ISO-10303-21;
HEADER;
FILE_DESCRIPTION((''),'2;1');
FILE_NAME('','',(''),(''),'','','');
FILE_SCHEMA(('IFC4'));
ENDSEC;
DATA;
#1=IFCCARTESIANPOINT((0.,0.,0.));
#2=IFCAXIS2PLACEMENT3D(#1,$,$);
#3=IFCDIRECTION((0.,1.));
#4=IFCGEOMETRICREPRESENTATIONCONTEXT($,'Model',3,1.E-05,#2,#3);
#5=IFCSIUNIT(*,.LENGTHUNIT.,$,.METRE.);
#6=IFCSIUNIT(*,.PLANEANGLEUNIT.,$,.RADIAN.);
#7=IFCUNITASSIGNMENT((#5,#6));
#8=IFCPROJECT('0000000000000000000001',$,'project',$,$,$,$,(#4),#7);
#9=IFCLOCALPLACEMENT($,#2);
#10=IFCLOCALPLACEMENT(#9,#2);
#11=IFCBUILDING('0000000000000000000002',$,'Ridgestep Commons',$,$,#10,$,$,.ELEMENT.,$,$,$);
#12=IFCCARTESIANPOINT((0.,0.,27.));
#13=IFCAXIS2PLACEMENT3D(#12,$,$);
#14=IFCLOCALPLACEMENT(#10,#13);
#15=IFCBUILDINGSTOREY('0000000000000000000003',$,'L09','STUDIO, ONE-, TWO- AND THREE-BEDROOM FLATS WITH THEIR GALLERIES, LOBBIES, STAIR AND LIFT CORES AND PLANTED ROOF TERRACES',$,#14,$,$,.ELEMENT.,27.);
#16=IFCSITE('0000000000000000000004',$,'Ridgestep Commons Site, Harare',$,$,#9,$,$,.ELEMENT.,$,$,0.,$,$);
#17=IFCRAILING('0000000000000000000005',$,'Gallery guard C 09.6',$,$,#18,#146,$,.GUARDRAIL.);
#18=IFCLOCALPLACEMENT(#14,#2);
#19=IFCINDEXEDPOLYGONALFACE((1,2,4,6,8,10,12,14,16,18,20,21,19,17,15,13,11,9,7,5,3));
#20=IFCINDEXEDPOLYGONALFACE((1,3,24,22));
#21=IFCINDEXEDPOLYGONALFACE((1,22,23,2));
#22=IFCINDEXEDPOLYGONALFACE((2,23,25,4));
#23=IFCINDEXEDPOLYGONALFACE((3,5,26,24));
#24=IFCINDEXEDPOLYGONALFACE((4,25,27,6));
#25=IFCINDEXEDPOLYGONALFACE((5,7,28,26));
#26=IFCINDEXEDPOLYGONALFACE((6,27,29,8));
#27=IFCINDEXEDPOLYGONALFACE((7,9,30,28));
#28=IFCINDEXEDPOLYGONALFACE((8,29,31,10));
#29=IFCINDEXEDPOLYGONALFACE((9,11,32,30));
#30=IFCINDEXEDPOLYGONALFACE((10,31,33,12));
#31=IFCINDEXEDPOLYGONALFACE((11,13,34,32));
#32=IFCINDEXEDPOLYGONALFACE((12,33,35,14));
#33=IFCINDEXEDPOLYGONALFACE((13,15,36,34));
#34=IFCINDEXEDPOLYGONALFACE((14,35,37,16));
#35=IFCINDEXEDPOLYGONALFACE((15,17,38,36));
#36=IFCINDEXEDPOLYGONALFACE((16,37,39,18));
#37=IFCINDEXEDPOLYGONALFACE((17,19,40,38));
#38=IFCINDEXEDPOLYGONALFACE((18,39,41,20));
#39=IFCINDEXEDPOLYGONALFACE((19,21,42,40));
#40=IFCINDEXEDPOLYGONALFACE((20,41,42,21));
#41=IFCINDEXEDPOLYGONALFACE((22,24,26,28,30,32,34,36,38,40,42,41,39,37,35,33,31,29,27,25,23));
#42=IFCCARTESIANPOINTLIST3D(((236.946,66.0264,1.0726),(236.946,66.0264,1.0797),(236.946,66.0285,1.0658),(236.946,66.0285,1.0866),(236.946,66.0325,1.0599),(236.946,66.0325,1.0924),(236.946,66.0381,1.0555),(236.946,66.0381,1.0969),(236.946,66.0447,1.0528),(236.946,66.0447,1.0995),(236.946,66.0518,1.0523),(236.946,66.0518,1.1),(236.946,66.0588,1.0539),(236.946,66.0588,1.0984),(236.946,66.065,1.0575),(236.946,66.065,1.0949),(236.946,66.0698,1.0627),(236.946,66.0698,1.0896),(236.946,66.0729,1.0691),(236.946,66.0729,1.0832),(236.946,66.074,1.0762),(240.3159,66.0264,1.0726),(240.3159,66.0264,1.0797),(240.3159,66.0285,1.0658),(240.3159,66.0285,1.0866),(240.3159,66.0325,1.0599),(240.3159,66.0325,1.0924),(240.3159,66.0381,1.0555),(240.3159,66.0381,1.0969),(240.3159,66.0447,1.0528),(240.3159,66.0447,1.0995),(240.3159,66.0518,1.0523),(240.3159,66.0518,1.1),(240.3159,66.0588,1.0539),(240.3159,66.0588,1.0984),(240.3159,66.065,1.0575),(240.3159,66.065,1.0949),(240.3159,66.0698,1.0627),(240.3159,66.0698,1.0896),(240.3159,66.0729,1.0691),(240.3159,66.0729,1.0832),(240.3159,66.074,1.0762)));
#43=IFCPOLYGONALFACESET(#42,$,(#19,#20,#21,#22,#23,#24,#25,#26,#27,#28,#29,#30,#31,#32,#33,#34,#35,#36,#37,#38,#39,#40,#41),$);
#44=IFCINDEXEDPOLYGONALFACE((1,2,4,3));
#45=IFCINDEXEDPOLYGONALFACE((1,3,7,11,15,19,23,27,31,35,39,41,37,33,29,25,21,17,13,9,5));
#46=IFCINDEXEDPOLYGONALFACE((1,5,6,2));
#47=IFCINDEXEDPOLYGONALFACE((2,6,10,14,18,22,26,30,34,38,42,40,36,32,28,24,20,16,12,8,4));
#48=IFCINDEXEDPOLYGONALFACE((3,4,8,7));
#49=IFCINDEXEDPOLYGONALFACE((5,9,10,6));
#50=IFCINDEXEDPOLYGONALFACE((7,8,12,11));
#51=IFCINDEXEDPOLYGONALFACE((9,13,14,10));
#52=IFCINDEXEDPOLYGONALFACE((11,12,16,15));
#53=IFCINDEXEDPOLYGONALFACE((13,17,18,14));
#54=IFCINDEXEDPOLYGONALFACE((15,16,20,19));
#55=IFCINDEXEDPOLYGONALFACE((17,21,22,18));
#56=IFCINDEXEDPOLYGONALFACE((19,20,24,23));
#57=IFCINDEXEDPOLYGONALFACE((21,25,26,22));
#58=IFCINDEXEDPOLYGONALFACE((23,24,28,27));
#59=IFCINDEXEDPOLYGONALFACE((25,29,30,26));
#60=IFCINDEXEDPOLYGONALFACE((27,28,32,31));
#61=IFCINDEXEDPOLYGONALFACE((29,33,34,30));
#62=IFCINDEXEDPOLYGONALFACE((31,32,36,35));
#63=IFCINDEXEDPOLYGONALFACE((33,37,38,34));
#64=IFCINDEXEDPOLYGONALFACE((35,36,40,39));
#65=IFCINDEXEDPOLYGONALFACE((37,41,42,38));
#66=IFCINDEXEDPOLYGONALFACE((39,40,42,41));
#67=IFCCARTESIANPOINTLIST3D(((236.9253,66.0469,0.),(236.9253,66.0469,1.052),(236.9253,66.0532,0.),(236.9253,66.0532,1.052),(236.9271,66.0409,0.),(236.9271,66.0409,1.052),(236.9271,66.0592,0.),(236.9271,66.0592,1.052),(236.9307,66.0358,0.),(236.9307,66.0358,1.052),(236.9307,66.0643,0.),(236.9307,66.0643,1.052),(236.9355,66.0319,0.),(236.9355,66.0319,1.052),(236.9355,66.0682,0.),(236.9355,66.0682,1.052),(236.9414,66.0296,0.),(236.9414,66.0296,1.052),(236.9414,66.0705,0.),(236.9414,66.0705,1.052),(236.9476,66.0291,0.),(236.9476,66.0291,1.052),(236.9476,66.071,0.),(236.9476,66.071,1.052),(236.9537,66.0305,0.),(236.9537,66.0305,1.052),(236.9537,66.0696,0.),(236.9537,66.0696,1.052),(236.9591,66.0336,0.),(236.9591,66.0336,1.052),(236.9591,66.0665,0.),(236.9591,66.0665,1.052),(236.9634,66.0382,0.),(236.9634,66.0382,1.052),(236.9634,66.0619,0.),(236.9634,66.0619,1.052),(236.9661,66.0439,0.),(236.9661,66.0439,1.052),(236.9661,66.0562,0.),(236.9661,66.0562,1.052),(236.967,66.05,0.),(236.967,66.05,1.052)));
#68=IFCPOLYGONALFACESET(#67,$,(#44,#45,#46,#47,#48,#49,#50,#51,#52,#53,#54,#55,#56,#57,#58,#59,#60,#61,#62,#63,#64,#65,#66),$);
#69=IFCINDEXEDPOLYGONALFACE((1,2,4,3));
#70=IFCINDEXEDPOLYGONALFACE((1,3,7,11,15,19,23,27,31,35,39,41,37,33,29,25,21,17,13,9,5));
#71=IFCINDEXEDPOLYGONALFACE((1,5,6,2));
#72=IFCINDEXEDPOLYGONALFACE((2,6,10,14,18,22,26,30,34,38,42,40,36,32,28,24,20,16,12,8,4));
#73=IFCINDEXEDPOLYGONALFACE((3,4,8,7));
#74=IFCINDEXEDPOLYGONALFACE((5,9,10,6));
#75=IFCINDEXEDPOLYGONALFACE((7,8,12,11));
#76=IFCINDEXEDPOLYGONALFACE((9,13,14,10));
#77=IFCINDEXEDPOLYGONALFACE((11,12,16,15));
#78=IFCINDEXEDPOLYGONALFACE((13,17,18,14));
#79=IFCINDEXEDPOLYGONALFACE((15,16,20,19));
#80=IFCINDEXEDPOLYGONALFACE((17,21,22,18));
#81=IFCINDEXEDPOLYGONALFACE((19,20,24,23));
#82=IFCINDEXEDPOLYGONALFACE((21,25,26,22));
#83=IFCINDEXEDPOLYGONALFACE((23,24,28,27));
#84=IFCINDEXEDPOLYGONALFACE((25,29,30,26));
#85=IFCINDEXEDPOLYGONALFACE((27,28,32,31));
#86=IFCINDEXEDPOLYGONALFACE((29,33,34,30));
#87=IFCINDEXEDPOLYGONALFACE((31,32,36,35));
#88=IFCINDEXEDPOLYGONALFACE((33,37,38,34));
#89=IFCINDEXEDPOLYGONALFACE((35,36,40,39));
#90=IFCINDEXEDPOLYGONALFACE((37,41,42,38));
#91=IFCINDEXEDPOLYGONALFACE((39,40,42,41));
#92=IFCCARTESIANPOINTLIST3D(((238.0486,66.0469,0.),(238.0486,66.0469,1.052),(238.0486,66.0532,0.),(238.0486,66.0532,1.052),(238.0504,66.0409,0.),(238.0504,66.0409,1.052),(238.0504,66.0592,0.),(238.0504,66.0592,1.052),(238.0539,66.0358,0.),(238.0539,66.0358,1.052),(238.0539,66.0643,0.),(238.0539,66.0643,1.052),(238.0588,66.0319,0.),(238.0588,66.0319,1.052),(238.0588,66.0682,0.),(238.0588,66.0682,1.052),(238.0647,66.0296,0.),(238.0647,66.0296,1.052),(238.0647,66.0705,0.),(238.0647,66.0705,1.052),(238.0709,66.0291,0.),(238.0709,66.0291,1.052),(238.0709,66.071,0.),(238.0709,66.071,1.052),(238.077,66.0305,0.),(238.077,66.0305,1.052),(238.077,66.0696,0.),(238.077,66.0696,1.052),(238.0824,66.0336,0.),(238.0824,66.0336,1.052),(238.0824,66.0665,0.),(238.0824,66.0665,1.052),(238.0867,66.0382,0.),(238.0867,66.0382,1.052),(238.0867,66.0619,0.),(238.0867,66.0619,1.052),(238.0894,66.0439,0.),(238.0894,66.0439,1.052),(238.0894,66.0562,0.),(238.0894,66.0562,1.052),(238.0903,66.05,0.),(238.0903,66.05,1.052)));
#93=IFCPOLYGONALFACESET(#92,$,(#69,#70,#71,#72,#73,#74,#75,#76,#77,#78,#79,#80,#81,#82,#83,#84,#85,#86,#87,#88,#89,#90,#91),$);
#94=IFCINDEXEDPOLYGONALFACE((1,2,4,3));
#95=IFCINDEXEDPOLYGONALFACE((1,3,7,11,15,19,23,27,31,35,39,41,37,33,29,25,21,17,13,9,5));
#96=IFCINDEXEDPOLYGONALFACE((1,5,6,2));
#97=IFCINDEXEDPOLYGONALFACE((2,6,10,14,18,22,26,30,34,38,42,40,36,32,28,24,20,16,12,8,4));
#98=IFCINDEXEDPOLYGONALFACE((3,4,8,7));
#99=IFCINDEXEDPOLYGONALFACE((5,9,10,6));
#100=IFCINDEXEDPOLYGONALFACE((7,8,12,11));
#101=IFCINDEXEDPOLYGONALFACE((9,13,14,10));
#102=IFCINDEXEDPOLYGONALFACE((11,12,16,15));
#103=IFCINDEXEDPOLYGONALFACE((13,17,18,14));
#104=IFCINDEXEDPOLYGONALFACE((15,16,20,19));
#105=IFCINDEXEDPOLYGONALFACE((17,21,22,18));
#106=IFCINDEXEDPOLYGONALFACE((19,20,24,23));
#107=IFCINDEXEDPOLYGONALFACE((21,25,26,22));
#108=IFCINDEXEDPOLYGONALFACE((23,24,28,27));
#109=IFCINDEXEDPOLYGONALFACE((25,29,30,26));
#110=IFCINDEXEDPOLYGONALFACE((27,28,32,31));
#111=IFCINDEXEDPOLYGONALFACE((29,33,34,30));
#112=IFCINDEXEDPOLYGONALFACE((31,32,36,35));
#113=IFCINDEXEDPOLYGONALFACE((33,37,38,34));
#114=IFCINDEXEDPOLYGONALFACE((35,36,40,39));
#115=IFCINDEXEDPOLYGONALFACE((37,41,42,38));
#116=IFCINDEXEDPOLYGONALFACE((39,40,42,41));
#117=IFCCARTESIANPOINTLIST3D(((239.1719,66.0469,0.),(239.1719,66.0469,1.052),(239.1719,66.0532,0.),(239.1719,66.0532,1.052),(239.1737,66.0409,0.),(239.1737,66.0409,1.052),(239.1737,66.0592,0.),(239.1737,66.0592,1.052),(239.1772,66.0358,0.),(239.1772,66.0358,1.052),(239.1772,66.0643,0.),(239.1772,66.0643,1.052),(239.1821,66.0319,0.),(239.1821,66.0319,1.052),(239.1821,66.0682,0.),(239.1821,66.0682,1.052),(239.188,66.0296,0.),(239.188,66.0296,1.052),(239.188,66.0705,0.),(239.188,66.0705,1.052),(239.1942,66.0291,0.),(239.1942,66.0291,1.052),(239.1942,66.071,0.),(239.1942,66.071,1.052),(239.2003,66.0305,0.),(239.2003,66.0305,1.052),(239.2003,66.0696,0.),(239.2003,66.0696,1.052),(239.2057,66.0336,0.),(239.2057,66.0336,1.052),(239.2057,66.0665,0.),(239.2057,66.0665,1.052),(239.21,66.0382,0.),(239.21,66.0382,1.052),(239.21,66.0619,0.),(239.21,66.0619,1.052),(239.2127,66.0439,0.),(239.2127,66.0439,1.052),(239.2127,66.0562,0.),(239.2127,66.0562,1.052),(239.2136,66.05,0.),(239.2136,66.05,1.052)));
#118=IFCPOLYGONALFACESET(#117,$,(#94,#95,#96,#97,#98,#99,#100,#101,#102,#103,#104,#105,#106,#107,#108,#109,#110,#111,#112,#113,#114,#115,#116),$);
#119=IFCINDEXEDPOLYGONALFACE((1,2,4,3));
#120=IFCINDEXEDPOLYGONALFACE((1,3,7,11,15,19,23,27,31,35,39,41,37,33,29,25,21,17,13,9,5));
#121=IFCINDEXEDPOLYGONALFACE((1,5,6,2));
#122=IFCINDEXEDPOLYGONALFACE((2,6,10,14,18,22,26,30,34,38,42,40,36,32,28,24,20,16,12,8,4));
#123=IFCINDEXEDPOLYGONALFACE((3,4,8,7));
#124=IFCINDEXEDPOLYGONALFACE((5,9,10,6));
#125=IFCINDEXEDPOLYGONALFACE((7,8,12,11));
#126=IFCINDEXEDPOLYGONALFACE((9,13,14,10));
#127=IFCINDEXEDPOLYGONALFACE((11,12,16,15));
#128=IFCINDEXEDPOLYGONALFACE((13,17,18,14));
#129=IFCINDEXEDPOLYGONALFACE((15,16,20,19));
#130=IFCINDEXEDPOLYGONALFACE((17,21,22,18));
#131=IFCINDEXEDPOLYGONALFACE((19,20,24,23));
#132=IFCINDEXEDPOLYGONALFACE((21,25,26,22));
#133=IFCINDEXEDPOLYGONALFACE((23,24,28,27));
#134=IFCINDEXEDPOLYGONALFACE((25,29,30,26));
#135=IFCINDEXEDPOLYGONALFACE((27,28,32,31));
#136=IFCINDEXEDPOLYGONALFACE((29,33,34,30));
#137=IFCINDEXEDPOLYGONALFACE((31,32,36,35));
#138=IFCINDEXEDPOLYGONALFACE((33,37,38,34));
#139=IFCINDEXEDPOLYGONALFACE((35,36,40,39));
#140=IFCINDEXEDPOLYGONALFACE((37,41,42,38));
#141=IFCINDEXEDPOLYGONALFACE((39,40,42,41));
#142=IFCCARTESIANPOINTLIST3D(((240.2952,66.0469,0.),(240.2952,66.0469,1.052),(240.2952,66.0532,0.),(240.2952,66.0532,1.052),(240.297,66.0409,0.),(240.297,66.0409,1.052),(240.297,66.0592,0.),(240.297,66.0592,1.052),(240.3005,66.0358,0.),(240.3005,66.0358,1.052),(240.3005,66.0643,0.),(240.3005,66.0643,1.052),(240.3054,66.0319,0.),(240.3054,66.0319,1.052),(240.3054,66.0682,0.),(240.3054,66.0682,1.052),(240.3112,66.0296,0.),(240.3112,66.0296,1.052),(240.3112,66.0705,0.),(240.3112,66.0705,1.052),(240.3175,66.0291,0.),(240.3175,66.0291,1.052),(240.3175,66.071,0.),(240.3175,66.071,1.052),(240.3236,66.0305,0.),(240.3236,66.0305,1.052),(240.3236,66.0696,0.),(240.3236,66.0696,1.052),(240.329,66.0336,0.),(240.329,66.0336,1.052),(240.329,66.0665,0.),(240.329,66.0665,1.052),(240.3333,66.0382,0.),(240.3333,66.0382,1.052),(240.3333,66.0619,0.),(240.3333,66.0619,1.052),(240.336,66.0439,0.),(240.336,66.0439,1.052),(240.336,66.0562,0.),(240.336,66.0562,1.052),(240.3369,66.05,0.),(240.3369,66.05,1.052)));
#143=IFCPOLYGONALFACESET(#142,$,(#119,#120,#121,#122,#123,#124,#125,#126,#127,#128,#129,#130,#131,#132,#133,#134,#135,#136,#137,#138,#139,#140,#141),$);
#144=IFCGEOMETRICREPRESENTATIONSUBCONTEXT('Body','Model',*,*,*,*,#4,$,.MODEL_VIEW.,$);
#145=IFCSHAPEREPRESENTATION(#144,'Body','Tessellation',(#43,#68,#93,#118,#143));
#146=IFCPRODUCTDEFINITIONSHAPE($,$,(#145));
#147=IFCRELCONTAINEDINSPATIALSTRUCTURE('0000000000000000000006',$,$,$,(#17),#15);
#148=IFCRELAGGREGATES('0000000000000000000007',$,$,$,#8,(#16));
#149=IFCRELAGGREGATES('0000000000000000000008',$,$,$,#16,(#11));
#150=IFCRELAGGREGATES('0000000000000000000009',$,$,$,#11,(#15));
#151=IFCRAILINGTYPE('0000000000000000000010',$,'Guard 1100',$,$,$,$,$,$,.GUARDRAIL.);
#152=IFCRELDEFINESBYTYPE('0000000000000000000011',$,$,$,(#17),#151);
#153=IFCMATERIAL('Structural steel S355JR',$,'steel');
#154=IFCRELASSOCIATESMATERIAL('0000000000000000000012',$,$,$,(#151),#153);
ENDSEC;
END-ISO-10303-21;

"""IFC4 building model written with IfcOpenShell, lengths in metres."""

from ifc_helpers import new_model, si_unit, direction, frame, origin, origin_2d, place, context, subcontext, project, spatial, circle, extrude, material, type_object, element, save


model = new_model("IFC4")

# Units and contexts
model_context = context("Model", 3, precision=1e-05, world=origin(), true_north=direction((0.0, 1.0)))
body_context = subcontext(model_context, "Body", "Model", "MODEL_VIEW")
ifc_project = project(units=[si_unit("LENGTHUNIT", "METRE"), si_unit("PLANEANGLEUNIT", "RADIAN")], contexts=[model_context])

# Site, building, storey
site_placement = place(None, origin())
site = spatial("IfcSite", under=ifc_project, at=site_placement, Name="Ridgestep Commons Site, Harare", CompositionType="ELEMENT", RefElevation=0.0)
building_placement = place(site_placement, origin())
building = spatial("IfcBuilding", under=site, at=building_placement, Name="Ridgestep Commons", CompositionType="ELEMENT")
storey_placement = place(building_placement, frame((0.0, 0.0, 27.0)))
storey = spatial("IfcBuildingStorey", under=building, at=storey_placement, Name="L09", Description="STUDIO, ONE-, TWO- AND THREE-BEDROOM FLATS WITH THEIR GALLERIES, LOBBIES, STAIR AND LIFT CORES AND PLANTED ROOF TERRACES", CompositionType="ELEMENT", Elevation=27.0)

# Railing
ifc_material_1 = material(Name="Structural steel S355JR", Category="steel")
railing_type = type_object("IfcRailingType", Name="Guard 1100", PredefinedType="GUARDRAIL", material=ifc_material_1)
railing_1_placement = place(storey_placement, frame((236.946, 66.05, 0.0)))
element("IfcRailing", 1, at=railing_1_placement, inside=storey, type_object=railing_type, Name="Gallery guard C 09.6", PredefinedType="GUARDRAIL", context=body_context, shape_type="SweptSolid", body=[
    extrude(circle(Radius=0.0239, at=origin_2d()), frame((0.0, 0.0, 1.0762), z_axis=(1.0, 0.0, 0.0), x_axis=(0.0, 1.0, 0.0)), (0.0, 0.0, 1.0), 3.3699),
    extrude(circle(Radius=0.021, at=origin_2d()), origin(), (0.0, 0.0, 1.0), 1.052),
    extrude(circle(Radius=0.021, at=origin_2d()), frame((1.1233, 0.0, 0.0)), (0.0, 0.0, 1.0), 1.052),
    extrude(circle(Radius=0.021, at=origin_2d()), frame((2.2466, 0.0, 0.0)), (0.0, 0.0, 1.0), 1.052),
    extrude(circle(Radius=0.021, at=origin_2d()), frame((3.3699, 0.0, 0.0)), (0.0, 0.0, 1.0), 1.052),
])

save(model, "model.ifc")
